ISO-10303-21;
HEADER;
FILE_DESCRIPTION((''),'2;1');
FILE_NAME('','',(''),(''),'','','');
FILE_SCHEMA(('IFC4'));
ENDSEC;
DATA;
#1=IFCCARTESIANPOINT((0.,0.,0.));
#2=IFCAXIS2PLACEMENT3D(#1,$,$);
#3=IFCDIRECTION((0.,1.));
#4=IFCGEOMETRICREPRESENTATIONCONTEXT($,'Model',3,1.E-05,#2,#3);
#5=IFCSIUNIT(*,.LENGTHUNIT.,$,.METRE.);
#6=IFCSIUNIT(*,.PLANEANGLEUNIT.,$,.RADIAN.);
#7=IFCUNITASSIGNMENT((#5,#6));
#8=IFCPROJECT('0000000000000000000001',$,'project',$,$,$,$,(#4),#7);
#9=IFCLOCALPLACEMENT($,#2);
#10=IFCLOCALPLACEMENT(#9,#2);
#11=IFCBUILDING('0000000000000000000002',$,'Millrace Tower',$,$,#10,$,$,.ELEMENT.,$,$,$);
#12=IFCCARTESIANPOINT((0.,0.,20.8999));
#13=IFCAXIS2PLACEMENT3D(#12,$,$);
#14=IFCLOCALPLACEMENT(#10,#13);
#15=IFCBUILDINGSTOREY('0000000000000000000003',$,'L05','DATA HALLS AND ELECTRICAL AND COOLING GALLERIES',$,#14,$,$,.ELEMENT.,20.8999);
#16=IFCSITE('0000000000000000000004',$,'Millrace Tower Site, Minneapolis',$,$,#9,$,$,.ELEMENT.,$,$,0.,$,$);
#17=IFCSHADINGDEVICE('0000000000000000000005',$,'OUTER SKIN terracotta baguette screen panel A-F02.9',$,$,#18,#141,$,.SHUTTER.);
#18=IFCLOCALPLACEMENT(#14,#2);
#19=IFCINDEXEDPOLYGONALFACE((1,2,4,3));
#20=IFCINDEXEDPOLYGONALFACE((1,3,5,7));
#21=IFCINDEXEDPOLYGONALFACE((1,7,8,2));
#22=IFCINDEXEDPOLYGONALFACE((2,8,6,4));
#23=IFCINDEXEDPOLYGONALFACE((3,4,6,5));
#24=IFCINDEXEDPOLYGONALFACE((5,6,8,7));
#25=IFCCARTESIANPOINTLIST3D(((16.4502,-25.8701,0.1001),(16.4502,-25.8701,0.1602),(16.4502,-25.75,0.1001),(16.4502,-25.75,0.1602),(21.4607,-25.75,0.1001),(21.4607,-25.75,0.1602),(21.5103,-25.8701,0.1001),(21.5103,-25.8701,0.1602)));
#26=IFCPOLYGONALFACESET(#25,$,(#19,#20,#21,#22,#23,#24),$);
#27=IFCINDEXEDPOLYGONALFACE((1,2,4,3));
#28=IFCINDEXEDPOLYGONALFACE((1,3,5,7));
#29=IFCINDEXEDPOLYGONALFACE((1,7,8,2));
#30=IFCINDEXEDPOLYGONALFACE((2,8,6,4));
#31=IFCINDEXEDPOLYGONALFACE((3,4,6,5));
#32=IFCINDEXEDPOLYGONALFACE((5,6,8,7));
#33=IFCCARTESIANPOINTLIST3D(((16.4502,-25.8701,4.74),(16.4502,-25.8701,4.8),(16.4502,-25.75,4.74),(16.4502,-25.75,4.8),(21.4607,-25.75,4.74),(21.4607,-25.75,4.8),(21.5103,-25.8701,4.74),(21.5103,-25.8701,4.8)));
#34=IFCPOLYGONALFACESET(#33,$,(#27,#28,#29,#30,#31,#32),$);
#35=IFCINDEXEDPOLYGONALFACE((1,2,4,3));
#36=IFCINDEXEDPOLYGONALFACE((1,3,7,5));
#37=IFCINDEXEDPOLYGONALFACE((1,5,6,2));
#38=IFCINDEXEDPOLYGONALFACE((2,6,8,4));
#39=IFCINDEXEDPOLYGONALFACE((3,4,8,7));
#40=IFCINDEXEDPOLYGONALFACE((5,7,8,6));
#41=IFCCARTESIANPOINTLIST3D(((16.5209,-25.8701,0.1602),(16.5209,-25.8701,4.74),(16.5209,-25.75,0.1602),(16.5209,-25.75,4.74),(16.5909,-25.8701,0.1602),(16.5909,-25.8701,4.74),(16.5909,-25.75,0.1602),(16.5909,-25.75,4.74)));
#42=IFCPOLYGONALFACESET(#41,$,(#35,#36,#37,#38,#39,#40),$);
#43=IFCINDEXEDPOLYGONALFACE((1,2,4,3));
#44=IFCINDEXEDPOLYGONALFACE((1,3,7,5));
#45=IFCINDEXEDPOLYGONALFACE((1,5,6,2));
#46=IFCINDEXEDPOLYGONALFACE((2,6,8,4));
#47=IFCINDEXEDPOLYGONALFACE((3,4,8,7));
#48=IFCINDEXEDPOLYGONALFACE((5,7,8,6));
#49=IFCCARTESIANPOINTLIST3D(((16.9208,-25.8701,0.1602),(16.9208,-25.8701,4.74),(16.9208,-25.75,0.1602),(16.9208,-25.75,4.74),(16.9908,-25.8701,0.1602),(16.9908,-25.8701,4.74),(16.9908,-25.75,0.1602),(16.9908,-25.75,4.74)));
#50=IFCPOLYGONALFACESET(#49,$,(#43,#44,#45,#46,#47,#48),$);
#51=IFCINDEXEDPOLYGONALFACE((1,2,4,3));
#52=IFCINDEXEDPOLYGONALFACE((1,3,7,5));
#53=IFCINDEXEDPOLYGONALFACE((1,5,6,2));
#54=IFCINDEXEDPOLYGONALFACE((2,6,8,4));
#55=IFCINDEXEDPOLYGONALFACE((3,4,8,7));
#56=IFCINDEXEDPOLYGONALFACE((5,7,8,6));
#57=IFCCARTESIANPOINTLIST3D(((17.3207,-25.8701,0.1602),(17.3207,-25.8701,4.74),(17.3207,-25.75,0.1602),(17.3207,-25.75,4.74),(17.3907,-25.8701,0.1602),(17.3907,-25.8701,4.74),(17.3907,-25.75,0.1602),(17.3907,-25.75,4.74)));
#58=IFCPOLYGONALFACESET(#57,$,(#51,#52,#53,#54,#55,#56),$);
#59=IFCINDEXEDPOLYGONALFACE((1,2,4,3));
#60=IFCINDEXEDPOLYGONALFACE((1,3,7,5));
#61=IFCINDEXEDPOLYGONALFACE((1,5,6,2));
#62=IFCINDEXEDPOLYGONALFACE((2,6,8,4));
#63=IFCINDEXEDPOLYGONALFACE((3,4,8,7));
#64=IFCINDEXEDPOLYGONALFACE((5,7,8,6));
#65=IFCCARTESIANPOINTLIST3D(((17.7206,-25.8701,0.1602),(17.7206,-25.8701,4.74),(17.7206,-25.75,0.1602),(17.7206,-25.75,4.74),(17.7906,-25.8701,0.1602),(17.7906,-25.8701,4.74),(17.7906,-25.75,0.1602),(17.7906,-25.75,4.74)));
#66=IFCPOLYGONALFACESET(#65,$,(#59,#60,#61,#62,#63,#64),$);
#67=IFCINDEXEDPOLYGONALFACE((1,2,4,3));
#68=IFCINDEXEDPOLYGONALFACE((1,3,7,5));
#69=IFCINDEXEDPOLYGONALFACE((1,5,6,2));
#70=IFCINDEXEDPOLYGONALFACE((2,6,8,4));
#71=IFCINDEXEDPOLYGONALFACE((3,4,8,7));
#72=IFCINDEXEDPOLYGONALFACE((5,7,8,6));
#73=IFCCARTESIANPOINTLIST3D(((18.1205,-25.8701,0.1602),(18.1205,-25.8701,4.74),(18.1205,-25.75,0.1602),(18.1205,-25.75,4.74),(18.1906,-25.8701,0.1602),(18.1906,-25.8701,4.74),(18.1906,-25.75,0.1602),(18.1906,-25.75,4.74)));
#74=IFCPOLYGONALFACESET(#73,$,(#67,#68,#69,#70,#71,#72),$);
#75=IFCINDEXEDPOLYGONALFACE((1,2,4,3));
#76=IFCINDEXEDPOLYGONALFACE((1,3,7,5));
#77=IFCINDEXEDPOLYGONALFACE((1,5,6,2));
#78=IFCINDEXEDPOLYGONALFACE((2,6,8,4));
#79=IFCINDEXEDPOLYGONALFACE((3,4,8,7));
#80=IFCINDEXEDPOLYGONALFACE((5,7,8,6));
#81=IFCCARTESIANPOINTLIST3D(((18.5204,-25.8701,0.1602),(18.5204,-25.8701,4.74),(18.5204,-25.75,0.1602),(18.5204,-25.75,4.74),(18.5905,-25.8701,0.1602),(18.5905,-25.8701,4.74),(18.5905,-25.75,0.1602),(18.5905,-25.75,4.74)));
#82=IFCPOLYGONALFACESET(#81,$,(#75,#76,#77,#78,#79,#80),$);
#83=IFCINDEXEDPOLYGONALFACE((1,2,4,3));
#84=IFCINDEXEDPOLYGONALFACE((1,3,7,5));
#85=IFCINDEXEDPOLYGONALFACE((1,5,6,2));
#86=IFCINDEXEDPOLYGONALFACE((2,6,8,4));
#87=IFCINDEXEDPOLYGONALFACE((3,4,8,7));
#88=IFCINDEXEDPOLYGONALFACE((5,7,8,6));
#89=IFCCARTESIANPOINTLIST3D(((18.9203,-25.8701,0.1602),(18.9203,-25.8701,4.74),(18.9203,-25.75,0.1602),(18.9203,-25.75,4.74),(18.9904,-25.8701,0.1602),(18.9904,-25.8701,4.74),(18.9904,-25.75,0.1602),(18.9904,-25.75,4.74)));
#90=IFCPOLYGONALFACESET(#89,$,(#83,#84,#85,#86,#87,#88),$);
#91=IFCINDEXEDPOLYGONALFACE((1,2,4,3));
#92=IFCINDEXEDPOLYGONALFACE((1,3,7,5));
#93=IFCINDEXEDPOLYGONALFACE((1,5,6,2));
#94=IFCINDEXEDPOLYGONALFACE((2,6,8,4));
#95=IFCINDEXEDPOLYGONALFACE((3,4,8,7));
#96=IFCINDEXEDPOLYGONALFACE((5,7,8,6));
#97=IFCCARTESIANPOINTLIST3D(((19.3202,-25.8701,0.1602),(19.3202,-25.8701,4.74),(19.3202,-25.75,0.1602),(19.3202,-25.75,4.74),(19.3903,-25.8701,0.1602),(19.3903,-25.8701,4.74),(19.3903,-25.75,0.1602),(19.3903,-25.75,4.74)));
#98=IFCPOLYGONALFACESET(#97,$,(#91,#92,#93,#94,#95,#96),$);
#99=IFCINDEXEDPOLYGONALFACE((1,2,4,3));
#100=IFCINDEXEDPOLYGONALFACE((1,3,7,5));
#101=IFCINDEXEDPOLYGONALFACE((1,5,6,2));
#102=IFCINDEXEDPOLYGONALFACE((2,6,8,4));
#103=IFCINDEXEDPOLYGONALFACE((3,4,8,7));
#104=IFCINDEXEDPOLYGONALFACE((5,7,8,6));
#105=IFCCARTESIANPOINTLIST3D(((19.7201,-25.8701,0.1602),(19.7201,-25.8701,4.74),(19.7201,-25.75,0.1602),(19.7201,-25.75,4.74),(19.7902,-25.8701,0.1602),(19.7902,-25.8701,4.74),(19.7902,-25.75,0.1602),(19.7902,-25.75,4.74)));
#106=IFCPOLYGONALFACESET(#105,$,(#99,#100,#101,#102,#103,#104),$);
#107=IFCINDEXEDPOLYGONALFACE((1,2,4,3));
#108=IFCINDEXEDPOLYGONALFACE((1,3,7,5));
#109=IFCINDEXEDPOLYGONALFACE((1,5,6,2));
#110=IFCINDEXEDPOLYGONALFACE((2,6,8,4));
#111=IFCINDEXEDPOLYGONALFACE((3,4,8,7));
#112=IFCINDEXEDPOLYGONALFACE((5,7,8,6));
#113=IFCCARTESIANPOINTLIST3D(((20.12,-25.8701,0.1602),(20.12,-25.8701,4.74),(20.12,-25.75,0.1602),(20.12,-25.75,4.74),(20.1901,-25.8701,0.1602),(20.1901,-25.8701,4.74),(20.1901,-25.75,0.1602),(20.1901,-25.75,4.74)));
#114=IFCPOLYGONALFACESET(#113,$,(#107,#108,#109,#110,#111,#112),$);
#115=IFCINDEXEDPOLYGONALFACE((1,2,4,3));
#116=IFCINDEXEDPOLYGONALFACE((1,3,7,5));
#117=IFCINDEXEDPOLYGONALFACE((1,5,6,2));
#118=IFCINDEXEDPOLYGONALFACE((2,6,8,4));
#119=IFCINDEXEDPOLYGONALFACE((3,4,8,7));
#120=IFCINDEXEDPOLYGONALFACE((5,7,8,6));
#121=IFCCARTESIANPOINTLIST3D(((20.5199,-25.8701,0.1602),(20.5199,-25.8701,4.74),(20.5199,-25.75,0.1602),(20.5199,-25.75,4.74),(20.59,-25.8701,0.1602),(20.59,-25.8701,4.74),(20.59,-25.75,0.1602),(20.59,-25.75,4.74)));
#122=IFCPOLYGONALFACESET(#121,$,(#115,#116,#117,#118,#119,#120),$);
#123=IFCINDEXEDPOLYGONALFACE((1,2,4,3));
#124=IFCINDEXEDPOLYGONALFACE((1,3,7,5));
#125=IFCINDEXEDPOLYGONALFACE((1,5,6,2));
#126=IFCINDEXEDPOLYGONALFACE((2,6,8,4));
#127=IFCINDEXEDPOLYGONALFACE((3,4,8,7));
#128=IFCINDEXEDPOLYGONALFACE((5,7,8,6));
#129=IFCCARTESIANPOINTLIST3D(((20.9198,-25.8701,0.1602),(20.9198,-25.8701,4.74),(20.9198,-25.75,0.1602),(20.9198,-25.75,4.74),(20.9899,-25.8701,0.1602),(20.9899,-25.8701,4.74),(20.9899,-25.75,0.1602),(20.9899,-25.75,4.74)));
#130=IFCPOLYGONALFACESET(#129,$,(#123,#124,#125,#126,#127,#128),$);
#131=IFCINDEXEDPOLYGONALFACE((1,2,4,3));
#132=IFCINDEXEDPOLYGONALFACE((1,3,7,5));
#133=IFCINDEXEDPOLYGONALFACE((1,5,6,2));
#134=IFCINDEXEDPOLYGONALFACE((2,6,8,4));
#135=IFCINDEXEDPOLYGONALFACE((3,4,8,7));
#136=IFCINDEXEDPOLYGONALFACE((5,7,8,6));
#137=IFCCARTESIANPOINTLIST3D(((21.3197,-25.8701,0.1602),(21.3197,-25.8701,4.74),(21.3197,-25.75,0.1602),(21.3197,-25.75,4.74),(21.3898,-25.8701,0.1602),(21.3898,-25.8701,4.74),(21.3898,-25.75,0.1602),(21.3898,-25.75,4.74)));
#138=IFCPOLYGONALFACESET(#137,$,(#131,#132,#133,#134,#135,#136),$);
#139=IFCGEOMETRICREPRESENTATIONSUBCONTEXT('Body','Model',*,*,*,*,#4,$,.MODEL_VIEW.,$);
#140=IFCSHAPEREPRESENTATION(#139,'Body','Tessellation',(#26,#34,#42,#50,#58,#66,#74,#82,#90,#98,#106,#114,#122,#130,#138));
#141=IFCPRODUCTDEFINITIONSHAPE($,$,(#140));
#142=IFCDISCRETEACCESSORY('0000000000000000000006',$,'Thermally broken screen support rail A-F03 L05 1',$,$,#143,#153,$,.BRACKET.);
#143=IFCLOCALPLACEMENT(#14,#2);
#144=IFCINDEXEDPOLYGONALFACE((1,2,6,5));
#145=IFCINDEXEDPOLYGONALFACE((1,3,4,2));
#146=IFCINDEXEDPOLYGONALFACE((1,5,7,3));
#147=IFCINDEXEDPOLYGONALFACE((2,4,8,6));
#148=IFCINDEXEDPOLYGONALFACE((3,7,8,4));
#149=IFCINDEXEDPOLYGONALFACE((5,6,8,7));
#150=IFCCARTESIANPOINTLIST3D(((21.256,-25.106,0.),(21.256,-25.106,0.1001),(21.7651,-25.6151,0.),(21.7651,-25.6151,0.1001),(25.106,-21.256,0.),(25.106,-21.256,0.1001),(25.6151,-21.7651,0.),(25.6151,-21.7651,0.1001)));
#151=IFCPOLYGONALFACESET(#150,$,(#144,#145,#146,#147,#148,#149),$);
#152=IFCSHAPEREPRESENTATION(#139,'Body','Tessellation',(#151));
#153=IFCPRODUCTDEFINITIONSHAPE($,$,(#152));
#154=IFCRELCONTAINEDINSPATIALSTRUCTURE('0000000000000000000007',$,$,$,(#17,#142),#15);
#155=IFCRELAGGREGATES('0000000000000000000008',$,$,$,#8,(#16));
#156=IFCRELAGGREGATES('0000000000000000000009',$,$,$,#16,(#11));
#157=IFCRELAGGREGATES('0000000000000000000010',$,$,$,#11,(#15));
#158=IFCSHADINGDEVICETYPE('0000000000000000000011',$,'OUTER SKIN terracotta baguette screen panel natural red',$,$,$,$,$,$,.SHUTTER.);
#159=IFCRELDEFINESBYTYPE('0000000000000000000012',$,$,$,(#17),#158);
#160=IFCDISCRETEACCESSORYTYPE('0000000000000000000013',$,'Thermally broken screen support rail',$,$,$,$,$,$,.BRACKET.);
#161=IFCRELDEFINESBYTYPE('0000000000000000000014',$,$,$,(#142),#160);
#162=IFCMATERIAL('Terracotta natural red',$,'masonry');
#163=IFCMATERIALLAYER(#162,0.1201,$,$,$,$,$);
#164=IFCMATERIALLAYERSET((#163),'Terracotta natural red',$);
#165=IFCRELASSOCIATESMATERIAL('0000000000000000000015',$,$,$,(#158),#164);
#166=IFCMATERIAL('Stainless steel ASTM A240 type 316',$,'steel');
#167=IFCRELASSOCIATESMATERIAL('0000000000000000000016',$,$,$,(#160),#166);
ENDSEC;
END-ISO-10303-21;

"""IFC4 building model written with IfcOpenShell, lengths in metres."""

from ifc_helpers import new_model, entity, si_unit, direction, frame, frame_2d, origin, origin_2d, place, context, subcontext, project, spatial, rectangle, extrude, source, transform, mapped, material, layer, layer_set, type_object, element, save


model = new_model("IFC4")

# Units and contexts
model_context = context("Model", 3, precision=1e-05, world=origin(), true_north=direction((0.0, 1.0)))
body_context = subcontext(model_context, "Body", "Model", "MODEL_VIEW")
ifc_project = project(units=[si_unit("LENGTHUNIT", "METRE"), si_unit("PLANEANGLEUNIT", "RADIAN")], contexts=[model_context])

# Site, building, storey
site_placement = place(None, origin())
site = spatial("IfcSite", under=ifc_project, at=site_placement, Name="Millrace Tower Site, Minneapolis", CompositionType="ELEMENT", RefElevation=0.0)
building_placement = place(site_placement, origin())
building = spatial("IfcBuilding", under=site, at=building_placement, Name="Millrace Tower", CompositionType="ELEMENT")
storey_placement = place(building_placement, frame((0.0, 0.0, 20.8999)))
storey = spatial("IfcBuildingStorey", under=building, at=storey_placement, Name="L05", Description="DATA HALLS AND ELECTRICAL AND COOLING GALLERIES", CompositionType="ELEMENT", Elevation=20.8999)

# Shading device
ifc_material_1 = material(Name="Terracotta natural red", Category="masonry")
ifc_layer_1 = layer(ifc_material_1, 0.1201)
ifc_layer_set_1 = layer_set([ifc_layer_1], Name="Terracotta natural red")
shading_device_type_1 = type_object("IfcShadingDeviceType", Name="OUTER SKIN terracotta baguette screen panel natural red", PredefinedType="SHUTTER", material=ifc_layer_set_1)
cartesian_point_1 = entity("IfcCartesianPoint", [-2.5176, 0.0601])
shared_polyline_1 = entity("IfcPolyline", [cartesian_point_1, entity("IfcCartesianPoint", [2.4929, 0.0601]), entity("IfcCartesianPoint", [2.5425, -0.0601]), entity("IfcCartesianPoint", [-2.5176, -0.0601]), cartesian_point_1])
shared_shape_1 = source(origin(), body_context, "Body", "SweptSolid", [
    entity("IfcExtrudedAreaSolid", entity("IfcArbitraryClosedProfileDef", "AREA", None, shared_polyline_1), entity("IfcAxis2Placement3D", entity("IfcCartesianPoint", [0.0, 0.0, 0.0])), entity("IfcDirection", [0.0, 0.0, 1.0]), 0.0601),
    entity("IfcExtrudedAreaSolid", entity("IfcArbitraryClosedProfileDef", "AREA", None, shared_polyline_1), entity("IfcAxis2Placement3D", entity("IfcCartesianPoint", [0.0, 0.0, 4.6399])), entity("IfcDirection", [0.0, 0.0, 1.0]), 0.0601),
    extrude(rectangle(XDim=0.0701, YDim=0.1201, at=frame_2d((-2.4119, 0.0))), frame((0.0, 0.0, 0.0601)), (0.0, 0.0, 1.0), 4.5798),
    extrude(rectangle(XDim=0.0701, YDim=0.1201, at=frame_2d((-2.012, 0.0))), frame((0.0, 0.0, 0.0601)), (0.0, 0.0, 1.0), 4.5798),
    extrude(rectangle(XDim=0.0701, YDim=0.1201, at=frame_2d((-1.6121, 0.0))), frame((0.0, 0.0, 0.0601)), (0.0, 0.0, 1.0), 4.5798),
    extrude(rectangle(XDim=0.0701, YDim=0.1201, at=frame_2d((-1.2122, 0.0))), frame((0.0, 0.0, 0.0601)), (0.0, 0.0, 1.0), 4.5798),
    extrude(rectangle(XDim=0.0701, YDim=0.1201, at=frame_2d((-0.8123, 0.0))), frame((0.0, 0.0, 0.0601)), (0.0, 0.0, 1.0), 4.5798),
    extrude(rectangle(XDim=0.0701, YDim=0.1201, at=frame_2d((-0.4124, 0.0))), frame((0.0, 0.0, 0.0601)), (0.0, 0.0, 1.0), 4.5798),
    extrude(rectangle(XDim=0.0701, YDim=0.1201, at=frame_2d((-0.0125, 0.0))), frame((0.0, 0.0, 0.0601)), (0.0, 0.0, 1.0), 4.5798),
    extrude(rectangle(XDim=0.0701, YDim=0.1201, at=frame_2d((0.3875, 0.0))), frame((0.0, 0.0, 0.0601)), (0.0, 0.0, 1.0), 4.5798),
    extrude(rectangle(XDim=0.0701, YDim=0.1201, at=frame_2d((0.7874, 0.0))), frame((0.0, 0.0, 0.0601)), (0.0, 0.0, 1.0), 4.5798),
    extrude(rectangle(XDim=0.0701, YDim=0.1201, at=frame_2d((1.1873, 0.0))), frame((0.0, 0.0, 0.0601)), (0.0, 0.0, 1.0), 4.5798),
    extrude(rectangle(XDim=0.0701, YDim=0.1201, at=frame_2d((1.5872, 0.0))), frame((0.0, 0.0, 0.0601)), (0.0, 0.0, 1.0), 4.5798),
    extrude(rectangle(XDim=0.0701, YDim=0.1201, at=frame_2d((1.9871, 0.0))), frame((0.0, 0.0, 0.0601)), (0.0, 0.0, 1.0), 4.5798),
    extrude(rectangle(XDim=0.0701, YDim=0.1201, at=frame_2d((2.387, 0.0))), frame((0.0, 0.0, 0.0601)), (0.0, 0.0, 1.0), 4.5798),
])
shading_device_1_placement = place(storey_placement, frame((18.9678, -25.8101, 0.1001), z_axis=(0.0, 0.0, 1.0), x_axis=(1.0, 0.0, 0.0)))
element("IfcShadingDevice", 1, at=shading_device_1_placement, inside=storey, type_object=shading_device_type_1, Name="OUTER SKIN terracotta baguette screen panel A-F02.9", PredefinedType="SHUTTER", context=body_context, shape_type="MappedRepresentation", body=[
    mapped(shared_shape_1, transform((0.0, 0.0, 0.0), scale=1.0)),
])

# Discrete accessory
ifc_material_2 = material(Name="Stainless steel ASTM A240 type 316", Category="steel")
discrete_accessory_type = type_object("IfcDiscreteAccessoryType", Name="Thermally broken screen support rail", PredefinedType="BRACKET", material=ifc_material_2)
discrete_accessory_placement = place(storey_placement, frame((23.4355, -23.4355, 0.0), z_axis=(0.0, 0.0, 1.0), x_axis=(0.707107, 0.707107, 0.0)))
element("IfcDiscreteAccessory", 2, at=discrete_accessory_placement, inside=storey, type_object=discrete_accessory_type, Name="Thermally broken screen support rail A-F03 L05 1", PredefinedType="BRACKET", context=body_context, shape_type="SweptSolid", body=[
    extrude(rectangle(XDim=5.4448, YDim=0.72, at=origin_2d()), origin(), (0.0, 0.0, 1.0), 0.1001),
])

save(model, "model.ifc")
